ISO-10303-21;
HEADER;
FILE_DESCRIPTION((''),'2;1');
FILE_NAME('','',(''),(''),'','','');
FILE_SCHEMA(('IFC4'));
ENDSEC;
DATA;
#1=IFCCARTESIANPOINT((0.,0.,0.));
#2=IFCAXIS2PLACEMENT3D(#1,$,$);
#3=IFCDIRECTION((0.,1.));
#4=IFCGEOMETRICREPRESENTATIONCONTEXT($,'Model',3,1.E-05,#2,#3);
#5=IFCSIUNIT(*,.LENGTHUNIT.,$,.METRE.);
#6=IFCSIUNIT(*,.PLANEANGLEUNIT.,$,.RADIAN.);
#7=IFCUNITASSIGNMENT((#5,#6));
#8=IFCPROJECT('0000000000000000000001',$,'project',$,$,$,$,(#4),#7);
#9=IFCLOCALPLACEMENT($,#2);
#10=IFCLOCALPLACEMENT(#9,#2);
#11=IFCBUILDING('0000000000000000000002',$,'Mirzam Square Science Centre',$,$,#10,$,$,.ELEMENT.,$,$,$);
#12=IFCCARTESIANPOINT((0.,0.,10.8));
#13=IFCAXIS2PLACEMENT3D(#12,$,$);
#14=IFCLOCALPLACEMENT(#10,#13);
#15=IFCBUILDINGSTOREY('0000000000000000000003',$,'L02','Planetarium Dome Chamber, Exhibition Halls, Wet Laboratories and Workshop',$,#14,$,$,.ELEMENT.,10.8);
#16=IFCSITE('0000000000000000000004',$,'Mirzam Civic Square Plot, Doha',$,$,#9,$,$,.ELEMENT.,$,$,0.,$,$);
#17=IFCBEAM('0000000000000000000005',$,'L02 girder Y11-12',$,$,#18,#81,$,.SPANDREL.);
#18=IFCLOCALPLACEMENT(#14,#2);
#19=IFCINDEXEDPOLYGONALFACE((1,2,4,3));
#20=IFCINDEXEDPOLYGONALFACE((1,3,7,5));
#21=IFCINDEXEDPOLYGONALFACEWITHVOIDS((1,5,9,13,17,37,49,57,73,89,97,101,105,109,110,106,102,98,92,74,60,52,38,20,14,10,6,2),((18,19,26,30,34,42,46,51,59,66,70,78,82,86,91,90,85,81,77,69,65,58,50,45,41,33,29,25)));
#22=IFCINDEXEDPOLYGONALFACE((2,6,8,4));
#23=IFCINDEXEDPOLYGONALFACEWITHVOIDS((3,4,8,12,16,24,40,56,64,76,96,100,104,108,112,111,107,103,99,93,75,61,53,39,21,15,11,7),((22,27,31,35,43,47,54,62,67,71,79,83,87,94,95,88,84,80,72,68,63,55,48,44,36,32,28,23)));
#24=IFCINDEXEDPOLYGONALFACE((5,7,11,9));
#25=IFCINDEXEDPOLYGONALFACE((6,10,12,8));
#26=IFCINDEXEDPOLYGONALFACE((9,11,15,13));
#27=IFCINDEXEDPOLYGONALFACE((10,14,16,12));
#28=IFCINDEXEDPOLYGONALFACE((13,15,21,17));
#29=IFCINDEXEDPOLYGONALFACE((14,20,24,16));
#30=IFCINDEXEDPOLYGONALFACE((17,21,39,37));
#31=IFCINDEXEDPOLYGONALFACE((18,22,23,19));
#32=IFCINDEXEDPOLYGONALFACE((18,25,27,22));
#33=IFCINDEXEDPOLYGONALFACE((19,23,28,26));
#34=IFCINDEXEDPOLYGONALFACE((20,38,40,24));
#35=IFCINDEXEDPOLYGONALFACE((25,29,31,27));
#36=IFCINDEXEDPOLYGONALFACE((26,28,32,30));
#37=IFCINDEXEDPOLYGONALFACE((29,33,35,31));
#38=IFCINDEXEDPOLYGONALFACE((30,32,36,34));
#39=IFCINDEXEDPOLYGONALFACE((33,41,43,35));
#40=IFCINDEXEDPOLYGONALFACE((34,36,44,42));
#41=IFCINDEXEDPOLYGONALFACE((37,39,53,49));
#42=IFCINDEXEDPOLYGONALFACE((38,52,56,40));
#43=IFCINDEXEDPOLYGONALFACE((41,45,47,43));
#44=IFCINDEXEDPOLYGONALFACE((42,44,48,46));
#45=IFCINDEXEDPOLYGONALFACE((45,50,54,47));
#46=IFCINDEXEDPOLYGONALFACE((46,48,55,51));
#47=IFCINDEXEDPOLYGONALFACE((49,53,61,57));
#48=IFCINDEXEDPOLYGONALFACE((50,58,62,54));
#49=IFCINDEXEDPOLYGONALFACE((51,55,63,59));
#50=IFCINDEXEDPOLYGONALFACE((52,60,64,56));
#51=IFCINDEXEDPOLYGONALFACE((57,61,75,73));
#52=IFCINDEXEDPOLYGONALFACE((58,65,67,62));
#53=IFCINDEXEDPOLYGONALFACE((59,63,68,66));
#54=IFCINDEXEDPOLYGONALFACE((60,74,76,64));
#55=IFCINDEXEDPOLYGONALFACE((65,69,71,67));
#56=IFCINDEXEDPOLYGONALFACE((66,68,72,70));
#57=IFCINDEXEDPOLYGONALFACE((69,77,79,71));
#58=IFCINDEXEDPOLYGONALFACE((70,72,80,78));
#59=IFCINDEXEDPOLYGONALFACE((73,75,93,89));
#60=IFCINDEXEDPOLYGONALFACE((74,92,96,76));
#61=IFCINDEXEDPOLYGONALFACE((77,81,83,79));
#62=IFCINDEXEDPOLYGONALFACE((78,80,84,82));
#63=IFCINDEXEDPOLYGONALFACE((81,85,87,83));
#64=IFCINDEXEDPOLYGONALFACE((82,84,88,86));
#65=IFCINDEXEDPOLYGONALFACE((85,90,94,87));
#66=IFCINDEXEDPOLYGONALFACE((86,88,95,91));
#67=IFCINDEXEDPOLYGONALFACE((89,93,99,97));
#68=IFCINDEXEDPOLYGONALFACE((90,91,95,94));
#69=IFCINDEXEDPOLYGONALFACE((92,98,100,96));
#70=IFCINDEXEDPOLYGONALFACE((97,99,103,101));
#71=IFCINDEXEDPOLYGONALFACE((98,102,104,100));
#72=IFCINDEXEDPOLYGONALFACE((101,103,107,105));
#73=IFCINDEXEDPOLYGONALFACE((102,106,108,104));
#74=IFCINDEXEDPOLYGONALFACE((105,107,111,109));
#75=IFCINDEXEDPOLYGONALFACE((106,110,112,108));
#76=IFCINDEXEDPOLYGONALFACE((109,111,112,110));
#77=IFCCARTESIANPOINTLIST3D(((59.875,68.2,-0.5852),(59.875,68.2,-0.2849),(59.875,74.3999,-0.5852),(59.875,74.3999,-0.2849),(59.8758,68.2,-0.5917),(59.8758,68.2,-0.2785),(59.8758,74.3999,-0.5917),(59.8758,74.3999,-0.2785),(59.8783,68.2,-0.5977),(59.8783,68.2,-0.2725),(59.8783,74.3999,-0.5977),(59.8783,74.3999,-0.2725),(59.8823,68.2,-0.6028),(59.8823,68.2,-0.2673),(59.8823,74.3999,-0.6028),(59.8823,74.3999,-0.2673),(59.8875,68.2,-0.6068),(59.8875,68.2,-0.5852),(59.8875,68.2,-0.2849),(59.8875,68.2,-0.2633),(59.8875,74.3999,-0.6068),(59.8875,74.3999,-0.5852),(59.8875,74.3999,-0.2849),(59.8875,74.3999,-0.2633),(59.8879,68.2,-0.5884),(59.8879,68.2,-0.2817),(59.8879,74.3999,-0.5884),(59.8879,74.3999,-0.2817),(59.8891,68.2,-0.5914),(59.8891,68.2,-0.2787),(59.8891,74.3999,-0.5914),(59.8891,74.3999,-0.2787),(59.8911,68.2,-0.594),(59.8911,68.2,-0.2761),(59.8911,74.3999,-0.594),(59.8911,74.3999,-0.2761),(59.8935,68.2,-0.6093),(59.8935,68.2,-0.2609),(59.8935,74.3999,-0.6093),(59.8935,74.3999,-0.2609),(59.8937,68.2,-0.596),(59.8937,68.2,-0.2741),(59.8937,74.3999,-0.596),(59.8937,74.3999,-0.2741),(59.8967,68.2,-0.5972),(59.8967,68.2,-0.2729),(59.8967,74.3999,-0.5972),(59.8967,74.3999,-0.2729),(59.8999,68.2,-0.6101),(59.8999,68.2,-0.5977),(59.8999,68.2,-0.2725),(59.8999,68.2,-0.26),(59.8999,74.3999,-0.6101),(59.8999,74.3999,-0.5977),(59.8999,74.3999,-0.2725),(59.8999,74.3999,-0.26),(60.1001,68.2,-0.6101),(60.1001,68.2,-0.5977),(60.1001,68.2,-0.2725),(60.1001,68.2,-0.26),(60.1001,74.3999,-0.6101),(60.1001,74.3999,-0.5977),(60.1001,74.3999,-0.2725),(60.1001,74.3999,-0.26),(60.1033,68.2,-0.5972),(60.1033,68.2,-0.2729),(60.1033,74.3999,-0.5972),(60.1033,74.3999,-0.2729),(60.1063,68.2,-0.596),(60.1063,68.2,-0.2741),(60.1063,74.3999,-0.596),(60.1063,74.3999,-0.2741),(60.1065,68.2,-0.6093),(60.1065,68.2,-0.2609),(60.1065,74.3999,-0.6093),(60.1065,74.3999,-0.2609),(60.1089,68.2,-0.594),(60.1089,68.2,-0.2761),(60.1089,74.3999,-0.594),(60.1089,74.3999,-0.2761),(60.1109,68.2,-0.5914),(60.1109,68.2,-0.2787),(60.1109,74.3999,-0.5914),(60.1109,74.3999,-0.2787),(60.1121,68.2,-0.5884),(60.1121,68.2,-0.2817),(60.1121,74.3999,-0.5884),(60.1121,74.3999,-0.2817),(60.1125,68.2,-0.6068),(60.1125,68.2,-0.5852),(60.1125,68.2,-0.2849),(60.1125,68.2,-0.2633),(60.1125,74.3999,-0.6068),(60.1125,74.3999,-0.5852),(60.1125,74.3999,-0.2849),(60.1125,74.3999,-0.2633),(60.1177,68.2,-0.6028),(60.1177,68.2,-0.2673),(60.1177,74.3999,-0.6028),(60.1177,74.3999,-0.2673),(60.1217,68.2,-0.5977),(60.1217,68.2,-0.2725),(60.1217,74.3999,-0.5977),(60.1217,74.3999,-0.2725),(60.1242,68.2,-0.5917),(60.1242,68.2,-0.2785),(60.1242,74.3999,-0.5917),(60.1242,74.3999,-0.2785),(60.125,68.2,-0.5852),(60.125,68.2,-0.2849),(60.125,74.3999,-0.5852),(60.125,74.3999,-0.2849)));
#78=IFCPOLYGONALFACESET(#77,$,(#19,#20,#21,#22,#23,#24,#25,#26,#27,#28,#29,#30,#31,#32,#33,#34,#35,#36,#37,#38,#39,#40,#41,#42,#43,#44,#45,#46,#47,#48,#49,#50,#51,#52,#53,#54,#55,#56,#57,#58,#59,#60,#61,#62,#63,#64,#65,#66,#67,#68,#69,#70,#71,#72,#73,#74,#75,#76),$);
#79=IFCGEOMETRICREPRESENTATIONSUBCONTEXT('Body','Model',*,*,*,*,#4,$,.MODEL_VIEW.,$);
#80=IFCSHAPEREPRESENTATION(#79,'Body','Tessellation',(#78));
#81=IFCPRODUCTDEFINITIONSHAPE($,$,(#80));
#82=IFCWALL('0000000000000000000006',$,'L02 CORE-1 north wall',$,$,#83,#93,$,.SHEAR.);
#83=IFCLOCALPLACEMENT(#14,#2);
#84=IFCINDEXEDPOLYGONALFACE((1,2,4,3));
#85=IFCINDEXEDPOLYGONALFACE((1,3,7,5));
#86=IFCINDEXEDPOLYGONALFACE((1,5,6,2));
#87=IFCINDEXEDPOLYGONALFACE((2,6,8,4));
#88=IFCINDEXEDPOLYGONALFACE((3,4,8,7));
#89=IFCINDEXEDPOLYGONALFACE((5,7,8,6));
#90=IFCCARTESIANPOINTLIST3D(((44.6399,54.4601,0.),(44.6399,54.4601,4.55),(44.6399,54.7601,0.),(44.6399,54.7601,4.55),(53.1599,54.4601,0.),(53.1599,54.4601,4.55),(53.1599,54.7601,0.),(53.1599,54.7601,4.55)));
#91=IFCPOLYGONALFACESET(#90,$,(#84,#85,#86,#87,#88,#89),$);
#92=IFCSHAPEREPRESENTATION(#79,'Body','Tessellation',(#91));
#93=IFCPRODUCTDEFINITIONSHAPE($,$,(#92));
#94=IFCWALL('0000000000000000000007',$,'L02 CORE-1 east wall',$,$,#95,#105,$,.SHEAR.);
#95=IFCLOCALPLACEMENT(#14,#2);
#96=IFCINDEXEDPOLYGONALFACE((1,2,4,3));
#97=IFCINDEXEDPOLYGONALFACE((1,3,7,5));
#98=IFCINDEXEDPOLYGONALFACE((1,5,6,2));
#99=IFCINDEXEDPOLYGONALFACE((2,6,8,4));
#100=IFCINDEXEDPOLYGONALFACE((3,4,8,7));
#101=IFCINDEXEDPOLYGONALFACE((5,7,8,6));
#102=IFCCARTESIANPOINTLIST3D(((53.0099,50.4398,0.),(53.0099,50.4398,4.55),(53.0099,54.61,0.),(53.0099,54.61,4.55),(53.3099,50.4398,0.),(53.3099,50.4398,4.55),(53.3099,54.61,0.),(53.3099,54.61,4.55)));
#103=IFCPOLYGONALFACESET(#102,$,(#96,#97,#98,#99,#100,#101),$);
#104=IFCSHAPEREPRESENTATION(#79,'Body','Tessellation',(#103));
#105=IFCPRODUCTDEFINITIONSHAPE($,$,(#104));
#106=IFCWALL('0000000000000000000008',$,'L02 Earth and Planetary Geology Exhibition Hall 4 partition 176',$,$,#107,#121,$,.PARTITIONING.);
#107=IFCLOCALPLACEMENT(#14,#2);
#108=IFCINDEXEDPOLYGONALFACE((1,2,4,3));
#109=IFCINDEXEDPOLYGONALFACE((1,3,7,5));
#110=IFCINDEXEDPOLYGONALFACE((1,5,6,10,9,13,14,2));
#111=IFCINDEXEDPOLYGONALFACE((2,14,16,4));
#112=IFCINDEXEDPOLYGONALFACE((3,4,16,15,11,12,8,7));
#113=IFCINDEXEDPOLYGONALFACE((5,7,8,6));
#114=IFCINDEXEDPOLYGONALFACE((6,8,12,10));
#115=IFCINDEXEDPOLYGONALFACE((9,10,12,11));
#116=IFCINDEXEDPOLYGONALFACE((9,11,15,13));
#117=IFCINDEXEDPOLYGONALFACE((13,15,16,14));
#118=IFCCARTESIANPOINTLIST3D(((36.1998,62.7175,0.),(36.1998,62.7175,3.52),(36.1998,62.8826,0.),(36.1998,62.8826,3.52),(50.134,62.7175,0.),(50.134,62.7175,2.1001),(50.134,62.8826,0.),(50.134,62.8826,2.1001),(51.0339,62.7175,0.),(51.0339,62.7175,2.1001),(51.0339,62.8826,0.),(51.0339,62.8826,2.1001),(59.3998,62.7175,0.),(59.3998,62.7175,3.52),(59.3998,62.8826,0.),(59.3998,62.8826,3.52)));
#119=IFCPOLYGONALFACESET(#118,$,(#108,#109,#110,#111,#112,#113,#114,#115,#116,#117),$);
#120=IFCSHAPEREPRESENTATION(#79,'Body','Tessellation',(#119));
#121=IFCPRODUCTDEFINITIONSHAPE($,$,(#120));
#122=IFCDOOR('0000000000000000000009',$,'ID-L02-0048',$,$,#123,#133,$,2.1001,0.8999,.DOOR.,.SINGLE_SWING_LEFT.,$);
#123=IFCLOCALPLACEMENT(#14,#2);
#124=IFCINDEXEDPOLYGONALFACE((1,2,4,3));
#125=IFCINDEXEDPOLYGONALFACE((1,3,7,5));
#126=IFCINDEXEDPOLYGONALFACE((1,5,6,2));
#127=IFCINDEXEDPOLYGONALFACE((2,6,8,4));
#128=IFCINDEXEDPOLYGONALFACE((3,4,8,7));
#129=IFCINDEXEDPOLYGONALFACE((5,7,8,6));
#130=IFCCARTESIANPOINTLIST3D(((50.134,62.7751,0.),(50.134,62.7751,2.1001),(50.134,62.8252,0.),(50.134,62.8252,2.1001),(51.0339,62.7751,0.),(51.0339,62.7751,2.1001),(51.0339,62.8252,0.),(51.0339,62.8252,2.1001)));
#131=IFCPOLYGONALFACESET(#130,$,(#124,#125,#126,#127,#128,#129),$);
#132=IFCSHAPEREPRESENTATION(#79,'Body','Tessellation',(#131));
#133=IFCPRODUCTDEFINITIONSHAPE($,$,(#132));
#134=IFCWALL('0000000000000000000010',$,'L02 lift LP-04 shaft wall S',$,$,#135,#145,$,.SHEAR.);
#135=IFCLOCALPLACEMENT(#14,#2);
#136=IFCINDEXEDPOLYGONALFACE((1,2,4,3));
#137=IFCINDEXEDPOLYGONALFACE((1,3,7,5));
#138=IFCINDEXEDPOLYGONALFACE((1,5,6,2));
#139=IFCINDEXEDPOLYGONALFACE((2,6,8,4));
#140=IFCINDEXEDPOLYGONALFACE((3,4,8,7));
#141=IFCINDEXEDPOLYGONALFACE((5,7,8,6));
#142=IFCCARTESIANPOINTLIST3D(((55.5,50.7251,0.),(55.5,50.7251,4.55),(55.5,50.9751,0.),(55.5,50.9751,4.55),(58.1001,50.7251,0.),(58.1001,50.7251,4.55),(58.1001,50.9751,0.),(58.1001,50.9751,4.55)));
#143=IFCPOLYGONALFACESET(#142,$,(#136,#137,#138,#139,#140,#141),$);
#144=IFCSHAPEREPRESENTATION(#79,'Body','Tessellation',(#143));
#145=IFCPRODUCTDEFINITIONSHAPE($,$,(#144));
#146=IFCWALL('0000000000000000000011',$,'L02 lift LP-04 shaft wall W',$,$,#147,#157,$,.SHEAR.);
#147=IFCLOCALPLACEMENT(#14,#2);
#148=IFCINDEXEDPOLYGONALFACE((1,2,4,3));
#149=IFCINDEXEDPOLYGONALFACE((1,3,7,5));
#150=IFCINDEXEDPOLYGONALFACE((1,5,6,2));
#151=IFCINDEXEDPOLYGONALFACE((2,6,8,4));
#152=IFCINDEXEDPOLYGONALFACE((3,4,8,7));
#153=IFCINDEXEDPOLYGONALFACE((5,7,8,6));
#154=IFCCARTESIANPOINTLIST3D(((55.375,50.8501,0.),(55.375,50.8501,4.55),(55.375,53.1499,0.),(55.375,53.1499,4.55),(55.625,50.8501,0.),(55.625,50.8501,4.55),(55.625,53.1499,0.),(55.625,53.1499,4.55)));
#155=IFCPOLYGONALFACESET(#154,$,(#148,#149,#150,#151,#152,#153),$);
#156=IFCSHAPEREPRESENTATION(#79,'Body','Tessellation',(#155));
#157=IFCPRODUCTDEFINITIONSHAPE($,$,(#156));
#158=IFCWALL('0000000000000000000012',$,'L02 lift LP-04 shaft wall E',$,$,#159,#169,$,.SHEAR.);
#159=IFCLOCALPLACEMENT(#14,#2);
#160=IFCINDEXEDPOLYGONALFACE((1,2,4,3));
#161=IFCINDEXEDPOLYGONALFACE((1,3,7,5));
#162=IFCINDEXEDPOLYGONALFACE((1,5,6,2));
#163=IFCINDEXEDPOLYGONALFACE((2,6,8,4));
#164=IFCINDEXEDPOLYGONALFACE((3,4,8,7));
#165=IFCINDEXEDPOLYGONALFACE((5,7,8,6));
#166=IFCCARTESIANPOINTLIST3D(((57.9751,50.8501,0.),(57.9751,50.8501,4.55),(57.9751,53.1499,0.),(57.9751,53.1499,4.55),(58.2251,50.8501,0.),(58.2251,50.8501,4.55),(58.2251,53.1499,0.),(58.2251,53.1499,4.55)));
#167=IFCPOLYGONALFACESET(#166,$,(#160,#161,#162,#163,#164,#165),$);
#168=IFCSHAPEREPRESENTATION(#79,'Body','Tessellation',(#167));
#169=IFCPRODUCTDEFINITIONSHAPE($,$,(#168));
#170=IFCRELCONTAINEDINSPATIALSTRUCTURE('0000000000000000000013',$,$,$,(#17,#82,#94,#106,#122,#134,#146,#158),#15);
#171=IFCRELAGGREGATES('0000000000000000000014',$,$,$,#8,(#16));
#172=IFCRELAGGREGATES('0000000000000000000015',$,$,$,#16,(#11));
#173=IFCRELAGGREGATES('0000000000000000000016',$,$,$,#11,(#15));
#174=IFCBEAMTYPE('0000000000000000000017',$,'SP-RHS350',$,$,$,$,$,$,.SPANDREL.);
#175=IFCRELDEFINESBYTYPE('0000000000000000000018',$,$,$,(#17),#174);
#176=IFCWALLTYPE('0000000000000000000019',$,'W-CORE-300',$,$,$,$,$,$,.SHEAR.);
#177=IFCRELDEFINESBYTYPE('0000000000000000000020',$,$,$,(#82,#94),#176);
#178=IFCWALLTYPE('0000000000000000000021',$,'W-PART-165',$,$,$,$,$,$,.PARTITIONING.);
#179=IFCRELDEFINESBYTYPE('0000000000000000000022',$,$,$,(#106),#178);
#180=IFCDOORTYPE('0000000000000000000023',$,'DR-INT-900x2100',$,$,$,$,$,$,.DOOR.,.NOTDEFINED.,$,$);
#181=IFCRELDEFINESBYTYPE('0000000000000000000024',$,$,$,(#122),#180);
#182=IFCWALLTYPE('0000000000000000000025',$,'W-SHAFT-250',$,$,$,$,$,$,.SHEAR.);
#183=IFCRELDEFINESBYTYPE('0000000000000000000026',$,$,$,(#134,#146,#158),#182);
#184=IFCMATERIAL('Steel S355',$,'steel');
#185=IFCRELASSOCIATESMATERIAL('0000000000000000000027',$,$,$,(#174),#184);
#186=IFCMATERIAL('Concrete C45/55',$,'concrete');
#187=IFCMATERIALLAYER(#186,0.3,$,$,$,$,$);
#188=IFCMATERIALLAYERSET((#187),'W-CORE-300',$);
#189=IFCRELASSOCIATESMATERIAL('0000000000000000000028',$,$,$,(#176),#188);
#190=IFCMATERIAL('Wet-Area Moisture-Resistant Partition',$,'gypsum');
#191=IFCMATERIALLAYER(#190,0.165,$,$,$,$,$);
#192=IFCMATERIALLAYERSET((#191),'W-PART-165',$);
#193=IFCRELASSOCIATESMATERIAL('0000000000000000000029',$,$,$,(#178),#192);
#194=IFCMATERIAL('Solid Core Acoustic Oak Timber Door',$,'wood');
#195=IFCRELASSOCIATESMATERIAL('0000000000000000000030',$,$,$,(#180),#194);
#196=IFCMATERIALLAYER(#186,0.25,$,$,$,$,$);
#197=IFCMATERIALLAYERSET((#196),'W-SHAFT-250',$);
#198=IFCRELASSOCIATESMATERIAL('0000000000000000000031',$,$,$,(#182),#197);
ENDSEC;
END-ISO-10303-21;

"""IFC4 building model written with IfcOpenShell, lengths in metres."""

from ifc_helpers import new_model, si_unit, direction, frame, frame_2d, origin, origin_2d, place, context, subcontext, project, spatial, rectangle, hollow_rectangle, extrude, material, layer, layer_set, material_profile, profile_set, type_object, element, fill, save


model = new_model("IFC4")

# Units and contexts
model_context = context("Model", 3, precision=1e-05, world=origin(), true_north=direction((0.0, 1.0)))
body_context = subcontext(model_context, "Body", "Model", "MODEL_VIEW")
ifc_project = project(units=[si_unit("LENGTHUNIT", "METRE"), si_unit("PLANEANGLEUNIT", "RADIAN")], contexts=[model_context])

# Site, building, storey
site_placement = place(None, origin())
site = spatial("IfcSite", under=ifc_project, at=site_placement, Name="Mirzam Civic Square Plot, Doha", CompositionType="ELEMENT", RefElevation=0.0)
building_placement = place(site_placement, origin())
building = spatial("IfcBuilding", under=site, at=building_placement, Name="Mirzam Square Science Centre", CompositionType="ELEMENT")
storey_placement = place(building_placement, frame((0.0, 0.0, 10.8)))
storey = spatial("IfcBuildingStorey", under=building, at=storey_placement, Name="L02", Description="Planetarium Dome Chamber, Exhibition Halls, Wet Laboratories and Workshop", CompositionType="ELEMENT", Elevation=10.8)

# Shared definitions
ifc_material_1 = material(Name="Steel S355", Category="steel")

# Beam
ifc_material_profile_1 = material_profile(ifc_material_1, hollow_rectangle(XDim=0.25, YDim=0.3501, WallThickness=0.0125, InnerFilletRadius=0.0125, OuterFilletRadius=0.0249, at=origin_2d()), Name="350x250x12.5RHS")
ifc_profile_set_1 = profile_set([ifc_material_profile_1], Name="Steel S355")
beam_type_1 = type_object("IfcBeamType", Name="SP-RHS350", PredefinedType="SPANDREL", material=ifc_profile_set_1)
for number, where, z_axis, x_axis, name in (
    (1, (60.0, 68.2, -0.4351), (0.0, 1.0, 0.0), (-1.0, 0.0, 0.0), "L02 girder Y11-12"),
):
    element("IfcBeam", number, at=place(storey_placement, frame(where, z_axis=z_axis, x_axis=x_axis)), inside=storey, type_object=beam_type_1, Name=name, PredefinedType="SPANDREL", context=body_context, shape_type="SweptSolid", body=[
        extrude(hollow_rectangle(XDim=0.25, YDim=0.3501, WallThickness=0.0125, InnerFilletRadius=0.0125, OuterFilletRadius=0.0249, at=origin_2d()), origin(), (0.0, 0.0, 1.0), 6.2),
    ])

# Walls
ifc_material_2 = material(Name="Concrete C45/55", Category="concrete")
ifc_layer_1 = layer(ifc_material_2, 0.3)
ifc_layer_set_1 = layer_set([ifc_layer_1], Name="W-CORE-300")
wall_type_1 = type_object("IfcWallType", Name="W-CORE-300", PredefinedType="SHEAR", material=ifc_layer_set_1)
wall_1_placement = place(storey_placement, frame((53.1599, 54.6101, 0.0), z_axis=(0.0, 0.0, 1.0), x_axis=(-1.0, 0.0, 0.0)))
element("IfcWall", 2, at=wall_1_placement, inside=storey, type_object=wall_type_1, Name="L02 CORE-1 north wall", PredefinedType="SHEAR", context=body_context, shape_type="SweptSolid", body=[
    extrude(rectangle(XDim=8.52, YDim=0.3, at=frame_2d((4.26, 0.0))), origin(), (0.0, 0.0, 1.0), 4.55),
])
wall_2_placement = place(storey_placement, frame((53.1599, 50.4399, 0.0), z_axis=(0.0, 0.0, 1.0), x_axis=(0.0, 1.0, 0.0)))
element("IfcWall", 3, at=wall_2_placement, inside=storey, type_object=wall_type_1, Name="L02 CORE-1 east wall", PredefinedType="SHEAR", context=body_context, shape_type="SweptSolid", body=[
    extrude(rectangle(XDim=4.1702, YDim=0.3, at=frame_2d((2.085, 0.0))), origin(), (0.0, 0.0, 1.0), 4.55),
])

# Wall, opening, door
ifc_material_3 = material(Name="Wet-Area Moisture-Resistant Partition", Category="gypsum")
ifc_layer_2 = layer(ifc_material_3, 0.165)
ifc_layer_set_2 = layer_set([ifc_layer_2], Name="W-PART-165")
wall_type_2 = type_object("IfcWallType", Name="W-PART-165", PredefinedType="PARTITIONING", material=ifc_layer_set_2)
wall_3_placement = place(storey_placement, frame((59.3999, 62.8, 0.0), z_axis=(0.0, 0.0, 1.0), x_axis=(-1.0, 0.0, 0.0)))
wall_3 = element("IfcWall", 4, at=wall_3_placement, inside=storey, type_object=wall_type_2, Name="L02 Earth and Planetary Geology Exhibition Hall 4 partition 176", PredefinedType="PARTITIONING", context=body_context, shape_type="SweptSolid", body=[
    extrude(rectangle(XDim=23.2, YDim=0.165, at=frame_2d((11.6001, 0.0))), origin(), (0.0, 0.0, 1.0), 3.52),
])
opening_1_placement = place(wall_3_placement, frame((8.366, 0.0, 0.0)))
opening_1 = element("IfcOpeningElement", 5, at=opening_1_placement, cuts=wall_3, PredefinedType="OPENING", context=body_context, shape_type="SweptSolid", body=[
    extrude(rectangle(XDim=0.8999, YDim=2.1001, at=frame_2d((0.45, 1.05))), frame((0.0, 0.0925, 0.0), z_axis=(0.0, -1.0, 0.0), x_axis=(1.0, 0.0, 0.0)), (0.0, 0.0, 1.0), 0.1851),
])
ifc_material_4 = material(Name="Solid Core Acoustic Oak Timber Door", Category="wood")
door_type_1 = type_object("IfcDoorType", Name="DR-INT-900x2100", OperationType="NOTDEFINED", PredefinedType="DOOR", material=ifc_material_4)
door_1_placement = place(opening_1_placement, origin())
door_1 = element("IfcDoor", 6, at=door_1_placement, inside=storey, type_object=door_type_1, Name="ID-L02-0048", OperationType="SINGLE_SWING_LEFT", OverallHeight=2.1001, OverallWidth=0.8999, PredefinedType="DOOR", context=body_context, shape_type="SweptSolid", body=[
    extrude(rectangle(XDim=0.8999, YDim=2.1001, at=frame_2d((0.45, 1.05))), frame((0.0, 0.0249, 0.0), z_axis=(0.0, -1.0, 0.0), x_axis=(1.0, 0.0, 0.0)), (0.0, 0.0, 1.0), 0.05),
])
fill(opening_1, door_1)

# Wall
ifc_layer_3 = layer(ifc_material_2, 0.25)
ifc_layer_set_3 = layer_set([ifc_layer_3], Name="W-SHAFT-250")
wall_type_3 = type_object("IfcWallType", Name="W-SHAFT-250", PredefinedType="SHEAR", material=ifc_layer_set_3)
wall_4_placement = place(storey_placement, frame((55.5, 50.8501, 0.0), z_axis=(0.0, 0.0, 1.0), x_axis=(1.0, 0.0, 0.0)))
element("IfcWall", 7, at=wall_4_placement, inside=storey, type_object=wall_type_3, Name="L02 lift LP-04 shaft wall S", PredefinedType="SHEAR", context=body_context, shape_type="SweptSolid", body=[
    extrude(rectangle(XDim=2.6001, YDim=0.25, at=frame_2d((1.3, 0.0))), origin(), (0.0, 0.0, 1.0), 4.55),
])

# Walls
for number, where, z_axis, x_axis, name in (
    (8, (55.5, 53.1499, 0.0), (0.0, 0.0, 1.0), (0.0, -1.0, 0.0), "L02 lift LP-04 shaft wall W"),
    (9, (58.1001, 50.8501, 0.0), (0.0, 0.0, 1.0), (0.0, 1.0, 0.0), "L02 lift LP-04 shaft wall E"),
):
    element("IfcWall", number, at=place(storey_placement, frame(where, z_axis=z_axis, x_axis=x_axis)), inside=storey, type_object=wall_type_3, Name=name, PredefinedType="SHEAR", context=body_context, shape_type="SweptSolid", body=[
        extrude(rectangle(XDim=2.2998, YDim=0.25, at=frame_2d((1.1499, 0.0))), origin(), (0.0, 0.0, 1.0), 4.55),
    ])

save(model, "model.ifc")
